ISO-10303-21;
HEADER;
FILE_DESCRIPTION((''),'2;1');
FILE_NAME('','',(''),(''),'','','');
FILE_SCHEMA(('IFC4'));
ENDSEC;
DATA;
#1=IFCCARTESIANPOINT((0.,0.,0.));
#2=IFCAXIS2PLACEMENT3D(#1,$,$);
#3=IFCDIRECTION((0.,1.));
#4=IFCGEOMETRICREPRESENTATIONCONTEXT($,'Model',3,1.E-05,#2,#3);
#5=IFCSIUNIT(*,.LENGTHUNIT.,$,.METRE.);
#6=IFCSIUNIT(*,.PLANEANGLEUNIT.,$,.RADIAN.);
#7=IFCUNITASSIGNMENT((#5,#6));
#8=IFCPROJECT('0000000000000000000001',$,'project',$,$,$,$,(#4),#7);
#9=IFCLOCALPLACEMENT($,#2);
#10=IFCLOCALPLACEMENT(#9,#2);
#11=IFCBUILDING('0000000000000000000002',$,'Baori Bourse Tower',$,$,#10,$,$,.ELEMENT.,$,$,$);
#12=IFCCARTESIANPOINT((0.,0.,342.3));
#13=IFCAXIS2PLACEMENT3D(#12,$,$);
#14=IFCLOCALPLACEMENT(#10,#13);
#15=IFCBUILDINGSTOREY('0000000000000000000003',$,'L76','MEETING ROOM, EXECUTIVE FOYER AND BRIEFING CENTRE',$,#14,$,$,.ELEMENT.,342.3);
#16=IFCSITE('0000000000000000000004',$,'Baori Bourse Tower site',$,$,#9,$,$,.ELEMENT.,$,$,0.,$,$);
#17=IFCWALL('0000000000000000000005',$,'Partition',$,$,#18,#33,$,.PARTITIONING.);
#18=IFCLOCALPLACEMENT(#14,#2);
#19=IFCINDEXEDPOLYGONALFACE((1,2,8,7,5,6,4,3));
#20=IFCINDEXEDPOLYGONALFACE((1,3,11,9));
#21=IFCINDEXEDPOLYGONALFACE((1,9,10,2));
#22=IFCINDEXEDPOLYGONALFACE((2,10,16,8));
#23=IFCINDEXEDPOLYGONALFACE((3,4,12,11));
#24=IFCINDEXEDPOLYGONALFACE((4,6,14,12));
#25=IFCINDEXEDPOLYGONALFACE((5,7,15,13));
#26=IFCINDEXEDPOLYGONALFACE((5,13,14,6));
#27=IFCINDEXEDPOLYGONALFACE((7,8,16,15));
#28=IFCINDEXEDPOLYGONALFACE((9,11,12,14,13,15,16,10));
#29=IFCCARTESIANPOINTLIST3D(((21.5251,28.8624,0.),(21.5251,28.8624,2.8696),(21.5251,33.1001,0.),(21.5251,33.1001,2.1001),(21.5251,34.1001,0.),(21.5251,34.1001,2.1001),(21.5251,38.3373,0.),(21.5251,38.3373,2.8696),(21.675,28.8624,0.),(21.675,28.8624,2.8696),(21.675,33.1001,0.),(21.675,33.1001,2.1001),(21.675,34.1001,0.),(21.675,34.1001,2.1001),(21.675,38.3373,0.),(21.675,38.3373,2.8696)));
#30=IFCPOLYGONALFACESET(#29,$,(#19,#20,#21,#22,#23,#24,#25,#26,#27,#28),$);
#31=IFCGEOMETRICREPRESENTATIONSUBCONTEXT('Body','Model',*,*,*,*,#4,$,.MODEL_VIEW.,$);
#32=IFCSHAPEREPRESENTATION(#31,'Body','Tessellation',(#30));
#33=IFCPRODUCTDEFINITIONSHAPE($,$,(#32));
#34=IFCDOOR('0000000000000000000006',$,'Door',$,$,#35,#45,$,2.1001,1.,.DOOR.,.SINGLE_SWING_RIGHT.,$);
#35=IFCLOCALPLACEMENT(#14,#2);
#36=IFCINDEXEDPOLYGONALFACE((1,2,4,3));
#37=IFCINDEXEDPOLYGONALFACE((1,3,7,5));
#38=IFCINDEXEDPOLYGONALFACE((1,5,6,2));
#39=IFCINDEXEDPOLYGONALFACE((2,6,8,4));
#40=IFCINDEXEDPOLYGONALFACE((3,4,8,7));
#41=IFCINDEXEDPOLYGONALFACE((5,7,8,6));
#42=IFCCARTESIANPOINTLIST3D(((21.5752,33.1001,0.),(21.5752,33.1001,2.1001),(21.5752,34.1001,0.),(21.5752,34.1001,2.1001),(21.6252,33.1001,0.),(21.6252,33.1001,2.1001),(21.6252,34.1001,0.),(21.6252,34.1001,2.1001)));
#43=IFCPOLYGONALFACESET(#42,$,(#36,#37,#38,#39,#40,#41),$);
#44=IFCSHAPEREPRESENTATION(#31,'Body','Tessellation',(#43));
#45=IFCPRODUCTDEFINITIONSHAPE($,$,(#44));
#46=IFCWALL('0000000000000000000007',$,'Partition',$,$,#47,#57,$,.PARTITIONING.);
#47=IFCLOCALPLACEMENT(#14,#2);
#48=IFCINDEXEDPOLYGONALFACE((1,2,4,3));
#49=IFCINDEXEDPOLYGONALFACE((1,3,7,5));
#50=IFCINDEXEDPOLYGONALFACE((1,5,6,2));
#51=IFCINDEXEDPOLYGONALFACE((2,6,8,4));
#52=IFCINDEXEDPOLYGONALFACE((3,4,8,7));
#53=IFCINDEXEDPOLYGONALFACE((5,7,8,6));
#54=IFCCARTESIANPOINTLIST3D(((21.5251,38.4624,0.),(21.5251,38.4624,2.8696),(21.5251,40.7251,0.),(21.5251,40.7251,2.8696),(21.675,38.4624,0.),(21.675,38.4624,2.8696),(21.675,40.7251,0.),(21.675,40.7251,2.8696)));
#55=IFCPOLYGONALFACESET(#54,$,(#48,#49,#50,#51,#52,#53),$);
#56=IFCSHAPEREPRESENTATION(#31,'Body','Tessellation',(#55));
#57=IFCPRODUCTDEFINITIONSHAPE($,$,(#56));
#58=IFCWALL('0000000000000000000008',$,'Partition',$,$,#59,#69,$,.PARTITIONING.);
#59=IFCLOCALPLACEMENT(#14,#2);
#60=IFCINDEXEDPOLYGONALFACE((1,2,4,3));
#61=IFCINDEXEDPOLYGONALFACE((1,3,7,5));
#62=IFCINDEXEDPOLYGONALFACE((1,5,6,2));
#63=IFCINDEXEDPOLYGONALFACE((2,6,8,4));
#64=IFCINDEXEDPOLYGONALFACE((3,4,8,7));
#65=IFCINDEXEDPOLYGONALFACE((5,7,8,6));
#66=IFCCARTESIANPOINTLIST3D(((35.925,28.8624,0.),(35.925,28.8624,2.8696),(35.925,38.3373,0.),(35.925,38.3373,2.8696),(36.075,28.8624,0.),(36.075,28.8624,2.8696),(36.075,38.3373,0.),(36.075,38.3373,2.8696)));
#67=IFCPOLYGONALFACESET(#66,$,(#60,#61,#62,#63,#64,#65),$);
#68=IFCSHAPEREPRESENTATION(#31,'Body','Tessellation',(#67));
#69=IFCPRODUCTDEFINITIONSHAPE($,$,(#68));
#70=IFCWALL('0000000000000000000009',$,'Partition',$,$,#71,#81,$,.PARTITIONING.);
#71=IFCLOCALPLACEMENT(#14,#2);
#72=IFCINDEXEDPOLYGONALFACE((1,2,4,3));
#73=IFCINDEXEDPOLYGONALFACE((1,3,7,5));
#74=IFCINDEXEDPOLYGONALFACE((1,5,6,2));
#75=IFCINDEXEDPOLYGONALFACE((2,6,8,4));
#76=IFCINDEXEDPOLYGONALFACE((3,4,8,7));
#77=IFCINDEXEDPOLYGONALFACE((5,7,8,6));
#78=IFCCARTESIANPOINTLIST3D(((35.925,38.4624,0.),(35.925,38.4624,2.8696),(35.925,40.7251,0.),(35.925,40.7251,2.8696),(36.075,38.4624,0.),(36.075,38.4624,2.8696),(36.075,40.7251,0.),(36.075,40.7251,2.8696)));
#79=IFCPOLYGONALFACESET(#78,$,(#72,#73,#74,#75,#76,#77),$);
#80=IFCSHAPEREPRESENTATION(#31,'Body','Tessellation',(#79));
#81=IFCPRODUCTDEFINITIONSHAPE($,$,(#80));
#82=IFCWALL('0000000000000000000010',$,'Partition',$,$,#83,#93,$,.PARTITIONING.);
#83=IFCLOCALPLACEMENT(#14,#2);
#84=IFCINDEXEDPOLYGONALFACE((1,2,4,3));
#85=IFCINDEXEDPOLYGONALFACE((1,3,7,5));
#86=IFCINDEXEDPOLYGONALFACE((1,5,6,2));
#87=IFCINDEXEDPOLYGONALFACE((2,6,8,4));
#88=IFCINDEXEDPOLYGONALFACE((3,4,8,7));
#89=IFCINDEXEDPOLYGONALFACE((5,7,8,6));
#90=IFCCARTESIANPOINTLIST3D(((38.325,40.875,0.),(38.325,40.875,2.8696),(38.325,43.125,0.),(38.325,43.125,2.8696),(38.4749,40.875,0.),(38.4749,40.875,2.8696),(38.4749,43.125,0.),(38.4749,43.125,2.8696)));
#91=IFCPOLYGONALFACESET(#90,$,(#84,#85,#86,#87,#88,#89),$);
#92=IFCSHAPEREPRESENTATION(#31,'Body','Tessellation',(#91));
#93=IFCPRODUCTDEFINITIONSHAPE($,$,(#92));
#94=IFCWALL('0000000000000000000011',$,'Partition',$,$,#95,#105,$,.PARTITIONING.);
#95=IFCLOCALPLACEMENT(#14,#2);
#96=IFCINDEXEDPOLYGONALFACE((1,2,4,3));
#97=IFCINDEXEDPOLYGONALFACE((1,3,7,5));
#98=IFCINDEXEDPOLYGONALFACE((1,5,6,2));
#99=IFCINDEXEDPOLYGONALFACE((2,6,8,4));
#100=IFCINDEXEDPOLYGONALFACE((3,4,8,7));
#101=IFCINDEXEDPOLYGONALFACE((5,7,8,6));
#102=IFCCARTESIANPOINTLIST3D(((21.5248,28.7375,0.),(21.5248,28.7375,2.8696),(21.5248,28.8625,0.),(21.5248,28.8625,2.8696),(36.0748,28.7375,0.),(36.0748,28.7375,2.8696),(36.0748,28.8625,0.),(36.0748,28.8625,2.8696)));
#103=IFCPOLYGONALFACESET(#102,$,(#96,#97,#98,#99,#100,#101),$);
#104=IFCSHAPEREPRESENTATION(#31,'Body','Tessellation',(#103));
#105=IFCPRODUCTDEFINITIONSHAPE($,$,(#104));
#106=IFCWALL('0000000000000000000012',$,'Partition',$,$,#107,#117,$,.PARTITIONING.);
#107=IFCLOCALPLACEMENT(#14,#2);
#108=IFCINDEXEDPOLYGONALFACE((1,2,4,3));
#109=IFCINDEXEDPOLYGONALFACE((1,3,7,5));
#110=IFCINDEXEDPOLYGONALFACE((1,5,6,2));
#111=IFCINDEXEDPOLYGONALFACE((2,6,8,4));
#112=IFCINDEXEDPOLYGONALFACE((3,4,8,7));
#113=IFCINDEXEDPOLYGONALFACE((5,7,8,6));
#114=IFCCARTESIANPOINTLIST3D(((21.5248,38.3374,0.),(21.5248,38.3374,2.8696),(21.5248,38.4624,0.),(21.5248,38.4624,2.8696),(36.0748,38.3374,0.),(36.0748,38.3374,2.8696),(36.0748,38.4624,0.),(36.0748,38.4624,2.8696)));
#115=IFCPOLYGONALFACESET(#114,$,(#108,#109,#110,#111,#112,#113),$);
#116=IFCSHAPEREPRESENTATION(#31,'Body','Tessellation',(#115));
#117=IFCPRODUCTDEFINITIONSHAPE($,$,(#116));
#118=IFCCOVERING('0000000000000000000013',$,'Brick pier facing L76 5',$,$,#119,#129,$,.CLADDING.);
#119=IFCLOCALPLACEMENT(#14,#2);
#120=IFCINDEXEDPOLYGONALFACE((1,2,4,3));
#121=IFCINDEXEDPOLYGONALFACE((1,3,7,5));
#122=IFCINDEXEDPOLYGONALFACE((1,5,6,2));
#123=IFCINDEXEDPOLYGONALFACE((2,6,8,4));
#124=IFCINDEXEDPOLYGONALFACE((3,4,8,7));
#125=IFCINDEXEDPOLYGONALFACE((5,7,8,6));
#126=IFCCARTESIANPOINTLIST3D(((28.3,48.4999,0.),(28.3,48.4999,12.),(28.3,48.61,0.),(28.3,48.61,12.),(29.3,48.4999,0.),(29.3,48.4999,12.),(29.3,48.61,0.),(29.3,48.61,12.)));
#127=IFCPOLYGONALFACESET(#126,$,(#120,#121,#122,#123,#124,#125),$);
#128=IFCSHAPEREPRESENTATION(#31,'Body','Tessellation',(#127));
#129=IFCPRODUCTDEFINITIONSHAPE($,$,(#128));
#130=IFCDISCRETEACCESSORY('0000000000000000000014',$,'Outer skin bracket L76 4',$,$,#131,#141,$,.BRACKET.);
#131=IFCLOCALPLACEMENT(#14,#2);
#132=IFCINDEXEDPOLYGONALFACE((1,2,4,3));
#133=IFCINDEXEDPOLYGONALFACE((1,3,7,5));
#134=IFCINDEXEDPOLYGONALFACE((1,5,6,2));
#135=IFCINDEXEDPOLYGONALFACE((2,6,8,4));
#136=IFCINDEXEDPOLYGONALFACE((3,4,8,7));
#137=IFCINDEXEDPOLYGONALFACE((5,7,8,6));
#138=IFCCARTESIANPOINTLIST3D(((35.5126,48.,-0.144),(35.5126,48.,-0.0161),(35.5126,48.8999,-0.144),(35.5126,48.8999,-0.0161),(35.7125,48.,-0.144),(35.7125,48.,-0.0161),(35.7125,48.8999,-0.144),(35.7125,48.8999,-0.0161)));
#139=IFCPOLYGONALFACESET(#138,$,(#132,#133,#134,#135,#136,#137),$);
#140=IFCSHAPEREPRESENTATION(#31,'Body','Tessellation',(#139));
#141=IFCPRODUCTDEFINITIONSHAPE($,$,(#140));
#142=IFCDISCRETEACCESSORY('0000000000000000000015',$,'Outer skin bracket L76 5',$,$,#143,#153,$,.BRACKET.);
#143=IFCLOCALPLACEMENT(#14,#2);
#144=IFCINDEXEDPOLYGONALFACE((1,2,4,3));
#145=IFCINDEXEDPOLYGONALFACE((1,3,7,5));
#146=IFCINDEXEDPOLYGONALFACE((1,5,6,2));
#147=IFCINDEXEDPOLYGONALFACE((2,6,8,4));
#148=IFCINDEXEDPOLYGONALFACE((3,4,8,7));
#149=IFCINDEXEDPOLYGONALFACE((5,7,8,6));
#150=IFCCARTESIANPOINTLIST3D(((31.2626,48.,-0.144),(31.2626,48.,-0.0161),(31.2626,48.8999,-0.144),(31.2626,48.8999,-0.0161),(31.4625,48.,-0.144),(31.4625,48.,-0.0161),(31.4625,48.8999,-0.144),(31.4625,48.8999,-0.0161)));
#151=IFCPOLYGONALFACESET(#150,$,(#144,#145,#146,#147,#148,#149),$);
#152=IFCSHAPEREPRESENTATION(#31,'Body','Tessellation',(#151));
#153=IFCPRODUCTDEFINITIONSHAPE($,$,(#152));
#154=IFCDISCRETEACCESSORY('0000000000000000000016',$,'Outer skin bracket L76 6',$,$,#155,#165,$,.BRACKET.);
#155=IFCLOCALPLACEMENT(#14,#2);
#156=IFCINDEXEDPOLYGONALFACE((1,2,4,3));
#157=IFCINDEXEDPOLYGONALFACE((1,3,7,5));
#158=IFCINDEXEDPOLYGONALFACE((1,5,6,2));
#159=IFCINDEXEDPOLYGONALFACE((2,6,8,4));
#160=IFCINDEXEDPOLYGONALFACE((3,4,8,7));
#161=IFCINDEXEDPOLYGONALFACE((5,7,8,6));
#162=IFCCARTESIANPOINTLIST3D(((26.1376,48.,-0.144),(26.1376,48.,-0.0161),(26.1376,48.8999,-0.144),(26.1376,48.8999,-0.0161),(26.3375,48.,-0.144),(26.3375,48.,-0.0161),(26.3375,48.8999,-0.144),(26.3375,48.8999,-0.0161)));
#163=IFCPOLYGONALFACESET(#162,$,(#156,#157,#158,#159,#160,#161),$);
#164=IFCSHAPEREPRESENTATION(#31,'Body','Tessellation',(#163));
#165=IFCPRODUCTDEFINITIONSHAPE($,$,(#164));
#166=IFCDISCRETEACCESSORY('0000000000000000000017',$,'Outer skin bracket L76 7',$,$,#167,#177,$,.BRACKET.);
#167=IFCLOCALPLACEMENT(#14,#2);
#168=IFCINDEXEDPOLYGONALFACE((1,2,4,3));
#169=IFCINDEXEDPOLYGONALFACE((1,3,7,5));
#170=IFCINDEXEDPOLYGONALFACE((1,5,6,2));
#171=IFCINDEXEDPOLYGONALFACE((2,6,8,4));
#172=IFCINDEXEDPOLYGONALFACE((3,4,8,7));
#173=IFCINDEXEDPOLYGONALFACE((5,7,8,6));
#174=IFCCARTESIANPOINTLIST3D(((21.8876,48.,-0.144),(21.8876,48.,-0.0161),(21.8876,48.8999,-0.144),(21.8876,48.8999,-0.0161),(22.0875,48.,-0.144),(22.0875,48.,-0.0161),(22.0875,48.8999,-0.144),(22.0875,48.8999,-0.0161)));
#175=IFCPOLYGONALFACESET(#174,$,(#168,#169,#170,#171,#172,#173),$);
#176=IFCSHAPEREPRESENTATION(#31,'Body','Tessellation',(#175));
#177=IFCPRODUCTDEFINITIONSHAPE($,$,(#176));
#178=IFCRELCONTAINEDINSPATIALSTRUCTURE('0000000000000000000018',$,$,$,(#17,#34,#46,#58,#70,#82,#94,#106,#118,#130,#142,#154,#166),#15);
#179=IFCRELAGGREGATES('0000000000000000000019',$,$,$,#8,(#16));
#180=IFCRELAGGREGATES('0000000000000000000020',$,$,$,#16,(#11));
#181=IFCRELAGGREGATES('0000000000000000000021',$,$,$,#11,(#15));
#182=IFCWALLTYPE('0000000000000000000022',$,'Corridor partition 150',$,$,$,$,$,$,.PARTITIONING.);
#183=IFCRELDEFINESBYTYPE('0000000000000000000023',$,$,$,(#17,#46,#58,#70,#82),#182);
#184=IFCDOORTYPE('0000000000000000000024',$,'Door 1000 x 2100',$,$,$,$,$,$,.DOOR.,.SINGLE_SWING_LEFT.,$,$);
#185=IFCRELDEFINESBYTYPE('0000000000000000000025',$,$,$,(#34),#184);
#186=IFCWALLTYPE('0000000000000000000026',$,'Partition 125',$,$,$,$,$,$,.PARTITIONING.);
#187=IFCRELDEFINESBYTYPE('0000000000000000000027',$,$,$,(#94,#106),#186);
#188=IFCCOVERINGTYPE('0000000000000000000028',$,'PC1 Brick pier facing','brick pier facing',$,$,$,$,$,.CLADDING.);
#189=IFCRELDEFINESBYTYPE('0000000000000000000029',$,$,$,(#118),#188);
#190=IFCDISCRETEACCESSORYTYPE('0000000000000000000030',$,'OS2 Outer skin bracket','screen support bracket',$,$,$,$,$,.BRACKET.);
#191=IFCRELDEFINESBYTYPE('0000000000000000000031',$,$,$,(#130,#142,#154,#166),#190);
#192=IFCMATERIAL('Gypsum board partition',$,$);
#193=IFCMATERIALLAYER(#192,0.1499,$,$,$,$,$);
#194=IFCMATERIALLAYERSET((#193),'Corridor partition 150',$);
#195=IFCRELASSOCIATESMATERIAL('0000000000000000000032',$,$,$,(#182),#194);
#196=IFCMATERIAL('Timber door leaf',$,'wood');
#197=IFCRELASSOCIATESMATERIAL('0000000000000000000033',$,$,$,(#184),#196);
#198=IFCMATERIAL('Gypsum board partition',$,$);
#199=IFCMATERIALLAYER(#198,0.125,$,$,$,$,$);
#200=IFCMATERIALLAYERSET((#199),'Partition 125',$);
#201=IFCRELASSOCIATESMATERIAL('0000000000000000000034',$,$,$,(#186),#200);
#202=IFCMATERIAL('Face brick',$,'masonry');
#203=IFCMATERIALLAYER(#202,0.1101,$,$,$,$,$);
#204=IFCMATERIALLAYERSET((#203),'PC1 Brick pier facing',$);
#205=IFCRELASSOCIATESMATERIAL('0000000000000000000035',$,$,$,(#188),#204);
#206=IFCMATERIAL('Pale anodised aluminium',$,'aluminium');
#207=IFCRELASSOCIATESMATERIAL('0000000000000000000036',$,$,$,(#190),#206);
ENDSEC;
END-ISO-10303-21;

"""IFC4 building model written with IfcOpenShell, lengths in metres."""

from ifc_helpers import new_model, si_unit, direction, frame, frame_2d, origin, origin_2d, place, context, subcontext, project, spatial, rectangle, extrude, material, layer, layer_set, type_object, element, fill, save


model = new_model("IFC4")

# Units and contexts
model_context = context("Model", 3, precision=1e-05, world=origin(), true_north=direction((0.0, 1.0)))
body_context = subcontext(model_context, "Body", "Model", "MODEL_VIEW")
ifc_project = project(units=[si_unit("LENGTHUNIT", "METRE"), si_unit("PLANEANGLEUNIT", "RADIAN")], contexts=[model_context])

# Site, building, storey
site_placement = place(None, origin())
site = spatial("IfcSite", under=ifc_project, at=site_placement, Name="Baori Bourse Tower site", CompositionType="ELEMENT", RefElevation=0.0)
building_placement = place(site_placement, origin())
building = spatial("IfcBuilding", under=site, at=building_placement, Name="Baori Bourse Tower", CompositionType="ELEMENT")
storey_placement = place(building_placement, frame((0.0, 0.0, 342.3)))
storey = spatial("IfcBuildingStorey", under=building, at=storey_placement, Name="L76", Description="MEETING ROOM, EXECUTIVE FOYER AND BRIEFING CENTRE", CompositionType="ELEMENT", Elevation=342.3)

# Wall, opening, door
ifc_material_1 = material(Name="Gypsum board partition")
ifc_layer_1 = layer(ifc_material_1, 0.1499)
ifc_layer_set_1 = layer_set([ifc_layer_1], Name="Corridor partition 150")
wall_type_1 = type_object("IfcWallType", Name="Corridor partition 150", PredefinedType="PARTITIONING", material=ifc_layer_set_1)
ifc_material_2 = material(Name="Timber door leaf", Category="wood")
door_type = type_object("IfcDoorType", Name="Door 1000 x 2100", OperationType="SINGLE_SWING_LEFT", PredefinedType="DOOR", material=ifc_material_2)
wall_1_placement = place(storey_placement, frame((21.6001, 28.8625, 0.0), z_axis=(0.0, 0.0, 1.0), x_axis=(0.0, 1.0, 0.0)))
wall_1 = element("IfcWall", 1, at=wall_1_placement, inside=storey, type_object=wall_type_1, Name="Partition", PredefinedType="PARTITIONING", context=body_context, shape_type="SweptSolid", body=[
    extrude(rectangle(XDim=9.4749, YDim=0.1499, at=frame_2d((4.7373, 0.0))), origin(), (0.0, 0.0, 1.0), 2.8696),
])
opening_1_placement = place(wall_1_placement, frame((4.2375, 0.0, 0.0)))
opening_1 = element("IfcOpeningElement", 2, at=opening_1_placement, cuts=wall_1, PredefinedType="OPENING", context=body_context, shape_type="SweptSolid", body=[
    extrude(rectangle(XDim=1.0, YDim=2.1001, at=frame_2d((0.5, 1.05))), frame((0.0, 0.085, 0.0), z_axis=(0.0, -1.0, 0.0), x_axis=(1.0, 0.0, 0.0)), (0.0, 0.0, 1.0), 0.1699),
])
door_1_placement = place(opening_1_placement, origin())
door_1 = element("IfcDoor", 3, at=door_1_placement, inside=storey, type_object=door_type, Name="Door", OperationType="SINGLE_SWING_RIGHT", OverallHeight=2.1001, OverallWidth=1.0, PredefinedType="DOOR", context=body_context, shape_type="SweptSolid", body=[
    extrude(rectangle(XDim=1.0, YDim=2.1001, at=frame_2d((0.5, 1.05))), frame((0.0, 0.0249, 0.0), z_axis=(0.0, -1.0, 0.0), x_axis=(1.0, 0.0, 0.0)), (0.0, 0.0, 1.0), 0.05),
])
fill(opening_1, door_1)

# Walls
wall_2_placement = place(storey_placement, frame((21.6001, 38.4624, 0.0), z_axis=(0.0, 0.0, 1.0), x_axis=(0.0, 1.0, 0.0)))
element("IfcWall", 4, at=wall_2_placement, inside=storey, type_object=wall_type_1, Name="Partition", PredefinedType="PARTITIONING", context=body_context, shape_type="SweptSolid", body=[
    extrude(rectangle(XDim=2.2627, YDim=0.1499, at=frame_2d((1.1313, 0.0))), origin(), (0.0, 0.0, 1.0), 2.8696),
])
wall_3_placement = place(storey_placement, frame((36.0, 28.8625, 0.0), z_axis=(0.0, 0.0, 1.0), x_axis=(0.0, 1.0, 0.0)))
element("IfcWall", 5, at=wall_3_placement, inside=storey, type_object=wall_type_1, Name="Partition", PredefinedType="PARTITIONING", context=body_context, shape_type="SweptSolid", body=[
    extrude(rectangle(XDim=9.4749, YDim=0.1499, at=frame_2d((4.7373, 0.0))), origin(), (0.0, 0.0, 1.0), 2.8696),
])
wall_4_placement = place(storey_placement, frame((36.0, 38.4624, 0.0), z_axis=(0.0, 0.0, 1.0), x_axis=(0.0, 1.0, 0.0)))
element("IfcWall", 6, at=wall_4_placement, inside=storey, type_object=wall_type_1, Name="Partition", PredefinedType="PARTITIONING", context=body_context, shape_type="SweptSolid", body=[
    extrude(rectangle(XDim=2.2627, YDim=0.1499, at=frame_2d((1.1313, 0.0))), origin(), (0.0, 0.0, 1.0), 2.8696),
])
wall_5_placement = place(storey_placement, frame((38.3999, 40.875, 0.0), z_axis=(0.0, 0.0, 1.0), x_axis=(0.0, 1.0, 0.0)))
element("IfcWall", 7, at=wall_5_placement, inside=storey, type_object=wall_type_1, Name="Partition", PredefinedType="PARTITIONING", context=body_context, shape_type="SweptSolid", body=[
    extrude(rectangle(XDim=2.25, YDim=0.1499, at=frame_2d((1.125, 0.0))), origin(), (0.0, 0.0, 1.0), 2.8696),
])
ifc_material_3 = material(Name="Gypsum board partition")
ifc_layer_2 = layer(ifc_material_3, 0.125)
ifc_layer_set_2 = layer_set([ifc_layer_2], Name="Partition 125")
wall_type_2 = type_object("IfcWallType", Name="Partition 125", PredefinedType="PARTITIONING", material=ifc_layer_set_2)
for number, where, z_axis, x_axis, name in (
    (8, (21.5249, 28.8, 0.0), (0.0, 0.0, 1.0), (1.0, 0.0, 0.0), "Partition"),
    (9, (21.5249, 38.3999, 0.0), (0.0, 0.0, 1.0), (1.0, 0.0, 0.0), "Partition"),
):
    element("IfcWall", number, at=place(storey_placement, frame(where, z_axis=z_axis, x_axis=x_axis)), inside=storey, type_object=wall_type_2, Name=name, PredefinedType="PARTITIONING", context=body_context, shape_type="SweptSolid", body=[
        extrude(rectangle(XDim=14.55, YDim=0.125, at=frame_2d((7.2749, 0.0))), origin(), (0.0, 0.0, 1.0), 2.8696),
    ])

# Covering
ifc_material_4 = material(Name="Face brick", Category="masonry")
ifc_layer_3 = layer(ifc_material_4, 0.1101)
ifc_layer_set_3 = layer_set([ifc_layer_3], Name="PC1 Brick pier facing")
covering_type = type_object("IfcCoveringType", Name="PC1 Brick pier facing", Description="brick pier facing", PredefinedType="CLADDING", material=ifc_layer_set_3)
covering_placement = place(storey_placement, frame((28.8, 48.5549, 0.0), z_axis=(0.0, 0.0, 1.0), x_axis=(1.0, 0.0, 0.0)))
element("IfcCovering", 10, at=covering_placement, inside=storey, type_object=covering_type, Name="Brick pier facing L76 5", PredefinedType="CLADDING", context=body_context, shape_type="SweptSolid", body=[
    extrude(rectangle(XDim=1.0, YDim=0.1101, at=origin_2d()), origin(), (0.0, 0.0, 1.0), 12.0),
])

# Discrete accessories
ifc_material_5 = material(Name="Pale anodised aluminium", Category="aluminium")
discrete_accessory_type = type_object("IfcDiscreteAccessoryType", Name="OS2 Outer skin bracket", Description="screen support bracket", PredefinedType="BRACKET", material=ifc_material_5)
for number, where, z_axis, x_axis, name in (
    (11, (35.6125, 48.45, -0.144), (0.0, 0.0, 1.0), (-1.0, 0.0, 0.0), "Outer skin bracket L76 4"),
    (12, (31.3625, 48.45, -0.144), (0.0, 0.0, 1.0), (-1.0, 0.0, 0.0), "Outer skin bracket L76 5"),
    (13, (26.2375, 48.45, -0.144), (0.0, 0.0, 1.0), (-1.0, 0.0, 0.0), "Outer skin bracket L76 6"),
    (14, (21.9875, 48.45, -0.144), (0.0, 0.0, 1.0), (-1.0, 0.0, 0.0), "Outer skin bracket L76 7"),
):
    element("IfcDiscreteAccessory", number, at=place(storey_placement, frame(where, z_axis=z_axis, x_axis=x_axis)), inside=storey, type_object=discrete_accessory_type, Name=name, PredefinedType="BRACKET", context=body_context, shape_type="SweptSolid", body=[
        extrude(rectangle(XDim=0.2, YDim=0.8999, at=origin_2d()), origin(), (0.0, 0.0, 1.0), 0.1279),
    ])

save(model, "model.ifc")
